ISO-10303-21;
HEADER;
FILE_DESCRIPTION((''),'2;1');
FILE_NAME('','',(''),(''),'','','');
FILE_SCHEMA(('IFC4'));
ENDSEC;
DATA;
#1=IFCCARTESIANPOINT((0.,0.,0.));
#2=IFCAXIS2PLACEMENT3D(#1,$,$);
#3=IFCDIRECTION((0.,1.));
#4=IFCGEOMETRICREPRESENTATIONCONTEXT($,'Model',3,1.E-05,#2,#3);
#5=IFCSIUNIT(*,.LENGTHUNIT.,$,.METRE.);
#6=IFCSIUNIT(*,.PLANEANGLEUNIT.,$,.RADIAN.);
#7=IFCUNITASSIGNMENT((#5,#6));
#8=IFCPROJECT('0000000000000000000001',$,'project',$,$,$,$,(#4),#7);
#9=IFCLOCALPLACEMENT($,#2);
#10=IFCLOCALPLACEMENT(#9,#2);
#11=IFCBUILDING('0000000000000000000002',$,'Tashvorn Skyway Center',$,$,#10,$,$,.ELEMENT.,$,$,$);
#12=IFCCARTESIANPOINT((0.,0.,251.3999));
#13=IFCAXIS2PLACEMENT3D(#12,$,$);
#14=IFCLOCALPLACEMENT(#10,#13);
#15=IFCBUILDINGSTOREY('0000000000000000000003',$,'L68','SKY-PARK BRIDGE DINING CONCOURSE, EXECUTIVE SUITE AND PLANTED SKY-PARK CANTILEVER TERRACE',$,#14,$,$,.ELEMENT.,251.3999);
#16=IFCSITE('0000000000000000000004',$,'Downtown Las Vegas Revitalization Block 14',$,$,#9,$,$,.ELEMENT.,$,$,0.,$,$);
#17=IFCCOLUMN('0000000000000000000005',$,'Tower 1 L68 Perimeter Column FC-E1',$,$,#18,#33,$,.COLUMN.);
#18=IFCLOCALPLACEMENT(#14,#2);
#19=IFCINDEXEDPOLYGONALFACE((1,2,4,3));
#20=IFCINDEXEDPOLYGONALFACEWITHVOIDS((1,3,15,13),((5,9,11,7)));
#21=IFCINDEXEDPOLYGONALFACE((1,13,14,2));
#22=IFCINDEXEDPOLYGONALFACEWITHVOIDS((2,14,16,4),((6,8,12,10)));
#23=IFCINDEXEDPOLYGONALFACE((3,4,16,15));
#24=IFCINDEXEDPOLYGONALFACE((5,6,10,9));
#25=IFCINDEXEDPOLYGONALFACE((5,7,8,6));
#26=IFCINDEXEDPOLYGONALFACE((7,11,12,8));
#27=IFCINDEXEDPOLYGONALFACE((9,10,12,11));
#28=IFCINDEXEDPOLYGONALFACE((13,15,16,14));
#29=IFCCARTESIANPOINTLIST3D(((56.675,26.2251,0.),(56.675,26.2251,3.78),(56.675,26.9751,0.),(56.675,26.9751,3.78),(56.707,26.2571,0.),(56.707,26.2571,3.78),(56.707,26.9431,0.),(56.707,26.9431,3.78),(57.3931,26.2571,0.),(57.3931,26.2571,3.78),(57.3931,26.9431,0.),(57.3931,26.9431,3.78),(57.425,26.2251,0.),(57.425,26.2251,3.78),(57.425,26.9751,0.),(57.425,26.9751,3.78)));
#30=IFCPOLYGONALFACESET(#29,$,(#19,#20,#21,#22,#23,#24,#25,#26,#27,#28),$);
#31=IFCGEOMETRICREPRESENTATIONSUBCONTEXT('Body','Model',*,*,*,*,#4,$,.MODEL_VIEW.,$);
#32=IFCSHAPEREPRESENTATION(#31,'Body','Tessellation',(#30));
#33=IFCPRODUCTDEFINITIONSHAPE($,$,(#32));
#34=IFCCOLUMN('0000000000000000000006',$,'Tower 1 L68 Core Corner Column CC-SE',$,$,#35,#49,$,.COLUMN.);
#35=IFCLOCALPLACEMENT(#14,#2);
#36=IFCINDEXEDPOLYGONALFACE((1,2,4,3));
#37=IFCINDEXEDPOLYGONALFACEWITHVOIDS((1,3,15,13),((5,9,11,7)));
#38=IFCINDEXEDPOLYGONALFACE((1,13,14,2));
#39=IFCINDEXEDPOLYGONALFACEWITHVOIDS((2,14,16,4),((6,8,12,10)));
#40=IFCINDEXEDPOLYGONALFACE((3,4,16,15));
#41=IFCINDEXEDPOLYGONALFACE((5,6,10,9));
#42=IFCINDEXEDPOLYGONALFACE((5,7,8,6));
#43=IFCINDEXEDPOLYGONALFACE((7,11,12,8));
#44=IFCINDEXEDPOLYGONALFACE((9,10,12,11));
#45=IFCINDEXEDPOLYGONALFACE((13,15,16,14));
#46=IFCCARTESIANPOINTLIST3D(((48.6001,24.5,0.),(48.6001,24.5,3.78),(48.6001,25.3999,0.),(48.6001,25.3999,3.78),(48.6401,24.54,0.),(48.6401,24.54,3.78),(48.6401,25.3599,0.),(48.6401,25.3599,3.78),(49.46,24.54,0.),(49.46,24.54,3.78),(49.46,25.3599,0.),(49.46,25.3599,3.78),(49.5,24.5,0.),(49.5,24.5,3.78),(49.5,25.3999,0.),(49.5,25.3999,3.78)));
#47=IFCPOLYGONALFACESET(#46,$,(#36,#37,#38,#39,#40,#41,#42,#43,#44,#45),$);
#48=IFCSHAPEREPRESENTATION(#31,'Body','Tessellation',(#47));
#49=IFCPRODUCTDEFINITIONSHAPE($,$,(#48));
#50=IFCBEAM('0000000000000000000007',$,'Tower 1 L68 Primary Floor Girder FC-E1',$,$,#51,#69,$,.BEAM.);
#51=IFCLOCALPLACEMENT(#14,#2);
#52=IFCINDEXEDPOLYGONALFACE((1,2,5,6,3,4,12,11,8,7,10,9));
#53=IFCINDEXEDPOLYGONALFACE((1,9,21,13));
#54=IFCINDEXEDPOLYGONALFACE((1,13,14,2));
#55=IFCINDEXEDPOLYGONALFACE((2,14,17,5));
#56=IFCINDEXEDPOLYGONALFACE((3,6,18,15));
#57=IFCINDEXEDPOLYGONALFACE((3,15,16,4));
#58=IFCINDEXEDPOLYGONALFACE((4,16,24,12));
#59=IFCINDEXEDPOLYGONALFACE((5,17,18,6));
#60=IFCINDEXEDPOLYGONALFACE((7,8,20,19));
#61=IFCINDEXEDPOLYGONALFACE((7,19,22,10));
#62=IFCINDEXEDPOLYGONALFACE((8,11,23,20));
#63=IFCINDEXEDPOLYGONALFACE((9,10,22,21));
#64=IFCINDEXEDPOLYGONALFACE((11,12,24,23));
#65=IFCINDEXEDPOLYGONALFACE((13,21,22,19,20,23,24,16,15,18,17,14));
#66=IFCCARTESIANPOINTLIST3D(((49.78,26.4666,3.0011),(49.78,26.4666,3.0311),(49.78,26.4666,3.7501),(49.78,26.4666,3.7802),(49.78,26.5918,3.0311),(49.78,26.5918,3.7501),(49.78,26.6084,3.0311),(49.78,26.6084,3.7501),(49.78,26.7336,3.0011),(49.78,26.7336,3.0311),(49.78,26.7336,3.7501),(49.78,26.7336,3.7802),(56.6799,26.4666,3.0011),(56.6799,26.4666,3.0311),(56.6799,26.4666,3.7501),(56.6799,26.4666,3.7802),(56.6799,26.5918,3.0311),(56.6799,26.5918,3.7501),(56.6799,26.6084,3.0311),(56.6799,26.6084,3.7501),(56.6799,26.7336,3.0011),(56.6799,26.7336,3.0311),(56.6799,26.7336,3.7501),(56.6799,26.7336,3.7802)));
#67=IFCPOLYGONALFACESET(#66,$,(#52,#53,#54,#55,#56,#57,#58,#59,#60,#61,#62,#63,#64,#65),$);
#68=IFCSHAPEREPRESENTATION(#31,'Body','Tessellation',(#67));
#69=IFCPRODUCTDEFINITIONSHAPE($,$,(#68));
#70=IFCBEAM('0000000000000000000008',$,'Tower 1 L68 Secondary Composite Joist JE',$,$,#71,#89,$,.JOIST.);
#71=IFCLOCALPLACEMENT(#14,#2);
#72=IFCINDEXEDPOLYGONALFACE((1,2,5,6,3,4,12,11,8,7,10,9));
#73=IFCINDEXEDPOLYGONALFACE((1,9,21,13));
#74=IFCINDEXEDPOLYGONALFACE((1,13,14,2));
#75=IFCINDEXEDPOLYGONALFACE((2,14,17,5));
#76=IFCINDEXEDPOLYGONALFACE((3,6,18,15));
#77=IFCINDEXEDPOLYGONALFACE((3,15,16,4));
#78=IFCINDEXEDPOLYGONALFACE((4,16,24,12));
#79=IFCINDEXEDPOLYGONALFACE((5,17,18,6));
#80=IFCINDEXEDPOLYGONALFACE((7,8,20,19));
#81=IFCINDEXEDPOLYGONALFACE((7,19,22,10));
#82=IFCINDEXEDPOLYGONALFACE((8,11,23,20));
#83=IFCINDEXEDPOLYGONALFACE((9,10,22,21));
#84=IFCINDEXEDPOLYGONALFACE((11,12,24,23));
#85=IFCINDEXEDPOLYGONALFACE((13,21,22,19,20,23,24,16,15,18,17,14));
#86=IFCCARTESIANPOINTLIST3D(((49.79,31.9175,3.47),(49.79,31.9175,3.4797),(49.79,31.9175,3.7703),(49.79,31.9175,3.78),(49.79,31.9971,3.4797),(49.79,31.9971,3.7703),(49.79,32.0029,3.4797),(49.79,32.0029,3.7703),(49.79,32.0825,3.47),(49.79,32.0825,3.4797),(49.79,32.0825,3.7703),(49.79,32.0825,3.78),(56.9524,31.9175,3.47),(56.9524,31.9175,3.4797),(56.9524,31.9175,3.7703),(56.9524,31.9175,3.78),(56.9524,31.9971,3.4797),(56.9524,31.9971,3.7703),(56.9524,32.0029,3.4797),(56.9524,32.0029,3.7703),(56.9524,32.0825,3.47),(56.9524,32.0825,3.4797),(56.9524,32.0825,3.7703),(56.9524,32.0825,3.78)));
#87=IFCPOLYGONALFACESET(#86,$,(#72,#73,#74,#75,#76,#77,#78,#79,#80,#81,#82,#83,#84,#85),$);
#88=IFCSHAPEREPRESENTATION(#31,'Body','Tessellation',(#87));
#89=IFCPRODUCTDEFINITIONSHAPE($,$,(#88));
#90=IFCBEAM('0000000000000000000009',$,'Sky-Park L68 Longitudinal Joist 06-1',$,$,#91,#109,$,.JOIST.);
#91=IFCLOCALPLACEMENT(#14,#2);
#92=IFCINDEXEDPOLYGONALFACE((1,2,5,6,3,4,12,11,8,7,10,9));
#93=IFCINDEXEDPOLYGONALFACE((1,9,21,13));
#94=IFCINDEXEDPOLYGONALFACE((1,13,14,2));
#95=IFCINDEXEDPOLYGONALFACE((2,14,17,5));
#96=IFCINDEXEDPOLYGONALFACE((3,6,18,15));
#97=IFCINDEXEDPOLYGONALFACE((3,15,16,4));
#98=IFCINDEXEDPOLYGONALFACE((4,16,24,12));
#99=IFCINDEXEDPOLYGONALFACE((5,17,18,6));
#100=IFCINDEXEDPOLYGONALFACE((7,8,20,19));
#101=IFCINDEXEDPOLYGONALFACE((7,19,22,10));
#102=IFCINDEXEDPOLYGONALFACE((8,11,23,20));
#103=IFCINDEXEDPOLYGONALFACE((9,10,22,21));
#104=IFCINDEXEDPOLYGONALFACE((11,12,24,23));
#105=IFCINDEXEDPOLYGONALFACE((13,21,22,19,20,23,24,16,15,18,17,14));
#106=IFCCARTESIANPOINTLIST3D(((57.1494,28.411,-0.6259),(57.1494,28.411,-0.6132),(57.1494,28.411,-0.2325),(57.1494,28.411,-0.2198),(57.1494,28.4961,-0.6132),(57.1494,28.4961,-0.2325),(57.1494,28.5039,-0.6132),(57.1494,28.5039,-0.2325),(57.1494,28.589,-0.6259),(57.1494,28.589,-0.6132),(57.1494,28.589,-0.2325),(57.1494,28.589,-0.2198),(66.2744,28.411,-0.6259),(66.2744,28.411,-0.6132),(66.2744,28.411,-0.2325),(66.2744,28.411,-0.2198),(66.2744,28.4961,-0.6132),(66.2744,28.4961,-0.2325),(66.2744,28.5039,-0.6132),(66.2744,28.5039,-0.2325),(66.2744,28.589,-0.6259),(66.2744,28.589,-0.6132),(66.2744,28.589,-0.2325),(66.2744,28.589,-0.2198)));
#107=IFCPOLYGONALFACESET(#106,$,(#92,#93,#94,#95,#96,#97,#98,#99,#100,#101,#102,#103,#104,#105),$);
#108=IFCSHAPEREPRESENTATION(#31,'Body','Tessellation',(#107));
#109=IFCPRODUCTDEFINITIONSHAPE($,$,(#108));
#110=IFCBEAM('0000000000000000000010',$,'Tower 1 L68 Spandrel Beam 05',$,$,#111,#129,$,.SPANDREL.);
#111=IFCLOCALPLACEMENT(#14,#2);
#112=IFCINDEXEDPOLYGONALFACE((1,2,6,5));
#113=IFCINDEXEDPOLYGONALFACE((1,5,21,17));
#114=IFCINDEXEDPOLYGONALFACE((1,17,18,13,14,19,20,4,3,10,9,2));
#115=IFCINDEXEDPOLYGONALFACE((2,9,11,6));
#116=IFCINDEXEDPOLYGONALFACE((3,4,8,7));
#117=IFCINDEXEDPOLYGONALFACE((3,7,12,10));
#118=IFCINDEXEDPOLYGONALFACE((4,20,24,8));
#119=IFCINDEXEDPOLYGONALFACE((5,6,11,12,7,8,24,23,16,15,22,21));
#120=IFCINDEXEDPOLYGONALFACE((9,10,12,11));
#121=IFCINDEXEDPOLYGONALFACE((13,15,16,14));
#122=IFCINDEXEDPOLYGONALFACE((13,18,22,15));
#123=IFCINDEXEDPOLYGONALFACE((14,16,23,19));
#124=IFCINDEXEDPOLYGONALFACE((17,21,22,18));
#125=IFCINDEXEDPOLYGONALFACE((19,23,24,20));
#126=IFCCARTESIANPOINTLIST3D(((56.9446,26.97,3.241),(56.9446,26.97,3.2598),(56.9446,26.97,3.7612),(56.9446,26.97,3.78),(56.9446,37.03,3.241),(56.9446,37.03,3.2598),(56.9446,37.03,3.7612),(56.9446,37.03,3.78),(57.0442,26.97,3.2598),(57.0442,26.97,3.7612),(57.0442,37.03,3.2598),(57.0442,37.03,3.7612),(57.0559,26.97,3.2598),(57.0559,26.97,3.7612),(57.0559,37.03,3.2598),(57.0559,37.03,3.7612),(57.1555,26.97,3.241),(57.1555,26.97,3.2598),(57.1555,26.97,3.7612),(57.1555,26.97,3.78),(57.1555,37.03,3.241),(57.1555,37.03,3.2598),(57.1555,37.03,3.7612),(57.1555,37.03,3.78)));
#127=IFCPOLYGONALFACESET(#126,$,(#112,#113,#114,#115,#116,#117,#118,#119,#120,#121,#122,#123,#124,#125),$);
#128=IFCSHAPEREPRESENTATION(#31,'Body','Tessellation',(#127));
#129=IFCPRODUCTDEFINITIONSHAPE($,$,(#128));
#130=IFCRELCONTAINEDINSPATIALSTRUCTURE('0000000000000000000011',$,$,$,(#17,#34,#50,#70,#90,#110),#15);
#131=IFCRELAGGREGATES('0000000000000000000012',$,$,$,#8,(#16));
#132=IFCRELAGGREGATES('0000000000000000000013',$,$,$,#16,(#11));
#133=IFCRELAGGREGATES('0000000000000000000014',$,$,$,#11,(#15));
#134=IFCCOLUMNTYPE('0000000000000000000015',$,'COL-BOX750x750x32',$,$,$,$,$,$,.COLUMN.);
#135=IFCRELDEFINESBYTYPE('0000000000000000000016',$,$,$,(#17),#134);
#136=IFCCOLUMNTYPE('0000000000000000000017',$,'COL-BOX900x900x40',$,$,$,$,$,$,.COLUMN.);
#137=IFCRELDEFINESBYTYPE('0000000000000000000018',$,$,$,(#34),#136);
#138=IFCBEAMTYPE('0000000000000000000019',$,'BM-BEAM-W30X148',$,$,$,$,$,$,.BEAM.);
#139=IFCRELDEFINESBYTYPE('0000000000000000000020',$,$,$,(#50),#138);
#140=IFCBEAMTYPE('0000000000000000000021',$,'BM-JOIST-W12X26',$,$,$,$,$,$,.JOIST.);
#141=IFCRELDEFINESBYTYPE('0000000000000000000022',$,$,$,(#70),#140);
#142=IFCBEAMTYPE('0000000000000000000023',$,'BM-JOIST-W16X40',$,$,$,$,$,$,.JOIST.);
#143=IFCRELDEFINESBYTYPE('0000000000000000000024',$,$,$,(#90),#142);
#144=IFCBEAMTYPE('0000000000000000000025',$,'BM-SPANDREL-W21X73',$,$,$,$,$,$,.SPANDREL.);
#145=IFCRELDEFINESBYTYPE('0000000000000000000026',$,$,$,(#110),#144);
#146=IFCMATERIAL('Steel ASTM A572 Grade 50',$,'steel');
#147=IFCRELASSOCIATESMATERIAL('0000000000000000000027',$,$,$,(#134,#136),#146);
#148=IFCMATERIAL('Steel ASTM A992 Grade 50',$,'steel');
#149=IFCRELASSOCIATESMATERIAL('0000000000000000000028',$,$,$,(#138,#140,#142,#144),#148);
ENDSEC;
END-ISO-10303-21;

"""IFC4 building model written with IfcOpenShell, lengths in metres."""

from ifc_helpers import new_model, si_unit, direction, frame, origin, origin_2d, place, context, subcontext, project, spatial, hollow_rectangle, i_section, extrude, material, material_profile, profile_set, type_object, element, save


model = new_model("IFC4")

# Units and contexts
model_context = context("Model", 3, precision=1e-05, world=origin(), true_north=direction((0.0, 1.0)))
body_context = subcontext(model_context, "Body", "Model", "MODEL_VIEW")
ifc_project = project(units=[si_unit("LENGTHUNIT", "METRE"), si_unit("PLANEANGLEUNIT", "RADIAN")], contexts=[model_context])

# Site, building, storey
site_placement = place(None, origin())
site = spatial("IfcSite", under=ifc_project, at=site_placement, Name="Downtown Las Vegas Revitalization Block 14", CompositionType="ELEMENT", RefElevation=0.0)
building_placement = place(site_placement, origin())
building = spatial("IfcBuilding", under=site, at=building_placement, Name="Tashvorn Skyway Center", CompositionType="ELEMENT")
storey_placement = place(building_placement, frame((0.0, 0.0, 251.3999)))
storey = spatial("IfcBuildingStorey", under=building, at=storey_placement, Name="L68", Description="SKY-PARK BRIDGE DINING CONCOURSE, EXECUTIVE SUITE AND PLANTED SKY-PARK CANTILEVER TERRACE", CompositionType="ELEMENT", Elevation=251.3999)

# Columns
ifc_material_1 = material(Name="Steel ASTM A572 Grade 50", Category="steel")
ifc_material_profile_1 = material_profile(ifc_material_1, hollow_rectangle(XDim=0.75, YDim=0.75, WallThickness=0.032, at=origin_2d()), Name="BOX750x750x32")
ifc_profile_set_1 = profile_set([ifc_material_profile_1], Name="Steel ASTM A572 Grade 50")
column_type_1 = type_object("IfcColumnType", Name="COL-BOX750x750x32", PredefinedType="COLUMN", material=ifc_profile_set_1)
column_1_placement = place(storey_placement, frame((57.05, 26.6001, 0.0), z_axis=(0.0, 0.0, 1.0), x_axis=(1.0, 0.0, 0.0)))
element("IfcColumn", 1, at=column_1_placement, inside=storey, type_object=column_type_1, Name="Tower 1 L68 Perimeter Column FC-E1", PredefinedType="COLUMN", context=body_context, shape_type="SweptSolid", body=[
    extrude(hollow_rectangle(XDim=0.75, YDim=0.75, WallThickness=0.032, at=origin_2d()), origin(), (0.0, 0.0, 1.0), 3.78),
])
ifc_material_profile_2 = material_profile(ifc_material_1, hollow_rectangle(XDim=0.8999, YDim=0.8999, WallThickness=0.04, at=origin_2d()), Name="BOX900x900x40")
ifc_profile_set_2 = profile_set([ifc_material_profile_2], Name="Steel ASTM A572 Grade 50")
column_type_2 = type_object("IfcColumnType", Name="COL-BOX900x900x40", PredefinedType="COLUMN", material=ifc_profile_set_2)
column_2_placement = place(storey_placement, frame((49.05, 24.95, 0.0), z_axis=(0.0, 0.0, 1.0), x_axis=(1.0, 0.0, 0.0)))
element("IfcColumn", 2, at=column_2_placement, inside=storey, type_object=column_type_2, Name="Tower 1 L68 Core Corner Column CC-SE", PredefinedType="COLUMN", context=body_context, shape_type="SweptSolid", body=[
    extrude(hollow_rectangle(XDim=0.8999, YDim=0.8999, WallThickness=0.04, at=origin_2d()), origin(), (0.0, 0.0, 1.0), 3.78),
])

# Beams
ifc_material_2 = material(Name="Steel ASTM A992 Grade 50", Category="steel")
ifc_material_profile_3 = material_profile(ifc_material_2, i_section(OverallWidth=0.2671, OverallDepth=0.7791, WebThickness=0.0166, FlangeThickness=0.03, at=origin_2d()), Name="W30X148")
ifc_profile_set_3 = profile_set([ifc_material_profile_3], Name="Steel ASTM A992 Grade 50")
beam_type_1 = type_object("IfcBeamType", Name="BM-BEAM-W30X148", PredefinedType="BEAM", material=ifc_profile_set_3)
beam_1_placement = place(storey_placement, frame((56.6799, 26.6001, 3.3906), z_axis=(-1.0, 0.0, 0.0), x_axis=(0.0, -1.0, 0.0)))
element("IfcBeam", 3, at=beam_1_placement, inside=storey, type_object=beam_type_1, Name="Tower 1 L68 Primary Floor Girder FC-E1", PredefinedType="BEAM", context=body_context, shape_type="SweptSolid", body=[
    extrude(i_section(OverallWidth=0.2671, OverallDepth=0.7791, WebThickness=0.0166, FlangeThickness=0.03, at=origin_2d()), origin(), (0.0, 0.0, 1.0), 6.8999),
])
ifc_material_profile_4 = material_profile(ifc_material_2, i_section(OverallWidth=0.165, OverallDepth=0.3101, WebThickness=0.0059, FlangeThickness=0.0098, at=origin_2d()), Name="W12X26")
ifc_profile_set_4 = profile_set([ifc_material_profile_4], Name="Steel ASTM A992 Grade 50")
beam_type_2 = type_object("IfcBeamType", Name="BM-JOIST-W12X26", PredefinedType="JOIST", material=ifc_profile_set_4)
beam_2_placement = place(storey_placement, frame((49.79, 32.0, 3.625), z_axis=(1.0, 0.0, 0.0), x_axis=(0.0, 1.0, 0.0)))
element("IfcBeam", 4, at=beam_2_placement, inside=storey, type_object=beam_type_2, Name="Tower 1 L68 Secondary Composite Joist JE", PredefinedType="JOIST", context=body_context, shape_type="SweptSolid", body=[
    extrude(i_section(OverallWidth=0.165, OverallDepth=0.3101, WebThickness=0.0059, FlangeThickness=0.0098, at=origin_2d()), origin(), (0.0, 0.0, 1.0), 7.1624),
])
ifc_material_profile_5 = material_profile(ifc_material_2, i_section(OverallWidth=0.178, OverallDepth=0.406, WebThickness=0.0078, FlangeThickness=0.0127, at=origin_2d()), Name="W16X40")
ifc_profile_set_5 = profile_set([ifc_material_profile_5], Name="Steel ASTM A992 Grade 50")
beam_type_3 = type_object("IfcBeamType", Name="BM-JOIST-W16X40", PredefinedType="JOIST", material=ifc_profile_set_5)
beam_3_placement = place(storey_placement, frame((57.1494, 28.5, -0.4229), z_axis=(1.0, 0.0, 0.0), x_axis=(0.0, 1.0, 0.0)))
element("IfcBeam", 5, at=beam_3_placement, inside=storey, type_object=beam_type_3, Name="Sky-Park L68 Longitudinal Joist 06-1", PredefinedType="JOIST", context=body_context, shape_type="SweptSolid", body=[
    extrude(i_section(OverallWidth=0.178, OverallDepth=0.406, WebThickness=0.0078, FlangeThickness=0.0127, at=origin_2d()), origin(), (0.0, 0.0, 1.0), 9.125),
])
ifc_material_profile_6 = material_profile(ifc_material_2, i_section(OverallWidth=0.2109, OverallDepth=0.5391, WebThickness=0.0117, FlangeThickness=0.0188, at=origin_2d()), Name="W21X73")
ifc_profile_set_6 = profile_set([ifc_material_profile_6], Name="Steel ASTM A992 Grade 50")
beam_type_4 = type_object("IfcBeamType", Name="BM-SPANDREL-W21X73", PredefinedType="SPANDREL", material=ifc_profile_set_6)
beam_4_placement = place(storey_placement, frame((57.05, 26.97, 3.5105), z_axis=(0.0, 1.0, 0.0), x_axis=(-1.0, 0.0, 0.0)))
element("IfcBeam", 6, at=beam_4_placement, inside=storey, type_object=beam_type_4, Name="Tower 1 L68 Spandrel Beam 05", PredefinedType="SPANDREL", context=body_context, shape_type="SweptSolid", body=[
    extrude(i_section(OverallWidth=0.2109, OverallDepth=0.5391, WebThickness=0.0117, FlangeThickness=0.0188, at=origin_2d()), origin(), (0.0, 0.0, 1.0), 10.0601),
])

save(model, "model.ifc")
